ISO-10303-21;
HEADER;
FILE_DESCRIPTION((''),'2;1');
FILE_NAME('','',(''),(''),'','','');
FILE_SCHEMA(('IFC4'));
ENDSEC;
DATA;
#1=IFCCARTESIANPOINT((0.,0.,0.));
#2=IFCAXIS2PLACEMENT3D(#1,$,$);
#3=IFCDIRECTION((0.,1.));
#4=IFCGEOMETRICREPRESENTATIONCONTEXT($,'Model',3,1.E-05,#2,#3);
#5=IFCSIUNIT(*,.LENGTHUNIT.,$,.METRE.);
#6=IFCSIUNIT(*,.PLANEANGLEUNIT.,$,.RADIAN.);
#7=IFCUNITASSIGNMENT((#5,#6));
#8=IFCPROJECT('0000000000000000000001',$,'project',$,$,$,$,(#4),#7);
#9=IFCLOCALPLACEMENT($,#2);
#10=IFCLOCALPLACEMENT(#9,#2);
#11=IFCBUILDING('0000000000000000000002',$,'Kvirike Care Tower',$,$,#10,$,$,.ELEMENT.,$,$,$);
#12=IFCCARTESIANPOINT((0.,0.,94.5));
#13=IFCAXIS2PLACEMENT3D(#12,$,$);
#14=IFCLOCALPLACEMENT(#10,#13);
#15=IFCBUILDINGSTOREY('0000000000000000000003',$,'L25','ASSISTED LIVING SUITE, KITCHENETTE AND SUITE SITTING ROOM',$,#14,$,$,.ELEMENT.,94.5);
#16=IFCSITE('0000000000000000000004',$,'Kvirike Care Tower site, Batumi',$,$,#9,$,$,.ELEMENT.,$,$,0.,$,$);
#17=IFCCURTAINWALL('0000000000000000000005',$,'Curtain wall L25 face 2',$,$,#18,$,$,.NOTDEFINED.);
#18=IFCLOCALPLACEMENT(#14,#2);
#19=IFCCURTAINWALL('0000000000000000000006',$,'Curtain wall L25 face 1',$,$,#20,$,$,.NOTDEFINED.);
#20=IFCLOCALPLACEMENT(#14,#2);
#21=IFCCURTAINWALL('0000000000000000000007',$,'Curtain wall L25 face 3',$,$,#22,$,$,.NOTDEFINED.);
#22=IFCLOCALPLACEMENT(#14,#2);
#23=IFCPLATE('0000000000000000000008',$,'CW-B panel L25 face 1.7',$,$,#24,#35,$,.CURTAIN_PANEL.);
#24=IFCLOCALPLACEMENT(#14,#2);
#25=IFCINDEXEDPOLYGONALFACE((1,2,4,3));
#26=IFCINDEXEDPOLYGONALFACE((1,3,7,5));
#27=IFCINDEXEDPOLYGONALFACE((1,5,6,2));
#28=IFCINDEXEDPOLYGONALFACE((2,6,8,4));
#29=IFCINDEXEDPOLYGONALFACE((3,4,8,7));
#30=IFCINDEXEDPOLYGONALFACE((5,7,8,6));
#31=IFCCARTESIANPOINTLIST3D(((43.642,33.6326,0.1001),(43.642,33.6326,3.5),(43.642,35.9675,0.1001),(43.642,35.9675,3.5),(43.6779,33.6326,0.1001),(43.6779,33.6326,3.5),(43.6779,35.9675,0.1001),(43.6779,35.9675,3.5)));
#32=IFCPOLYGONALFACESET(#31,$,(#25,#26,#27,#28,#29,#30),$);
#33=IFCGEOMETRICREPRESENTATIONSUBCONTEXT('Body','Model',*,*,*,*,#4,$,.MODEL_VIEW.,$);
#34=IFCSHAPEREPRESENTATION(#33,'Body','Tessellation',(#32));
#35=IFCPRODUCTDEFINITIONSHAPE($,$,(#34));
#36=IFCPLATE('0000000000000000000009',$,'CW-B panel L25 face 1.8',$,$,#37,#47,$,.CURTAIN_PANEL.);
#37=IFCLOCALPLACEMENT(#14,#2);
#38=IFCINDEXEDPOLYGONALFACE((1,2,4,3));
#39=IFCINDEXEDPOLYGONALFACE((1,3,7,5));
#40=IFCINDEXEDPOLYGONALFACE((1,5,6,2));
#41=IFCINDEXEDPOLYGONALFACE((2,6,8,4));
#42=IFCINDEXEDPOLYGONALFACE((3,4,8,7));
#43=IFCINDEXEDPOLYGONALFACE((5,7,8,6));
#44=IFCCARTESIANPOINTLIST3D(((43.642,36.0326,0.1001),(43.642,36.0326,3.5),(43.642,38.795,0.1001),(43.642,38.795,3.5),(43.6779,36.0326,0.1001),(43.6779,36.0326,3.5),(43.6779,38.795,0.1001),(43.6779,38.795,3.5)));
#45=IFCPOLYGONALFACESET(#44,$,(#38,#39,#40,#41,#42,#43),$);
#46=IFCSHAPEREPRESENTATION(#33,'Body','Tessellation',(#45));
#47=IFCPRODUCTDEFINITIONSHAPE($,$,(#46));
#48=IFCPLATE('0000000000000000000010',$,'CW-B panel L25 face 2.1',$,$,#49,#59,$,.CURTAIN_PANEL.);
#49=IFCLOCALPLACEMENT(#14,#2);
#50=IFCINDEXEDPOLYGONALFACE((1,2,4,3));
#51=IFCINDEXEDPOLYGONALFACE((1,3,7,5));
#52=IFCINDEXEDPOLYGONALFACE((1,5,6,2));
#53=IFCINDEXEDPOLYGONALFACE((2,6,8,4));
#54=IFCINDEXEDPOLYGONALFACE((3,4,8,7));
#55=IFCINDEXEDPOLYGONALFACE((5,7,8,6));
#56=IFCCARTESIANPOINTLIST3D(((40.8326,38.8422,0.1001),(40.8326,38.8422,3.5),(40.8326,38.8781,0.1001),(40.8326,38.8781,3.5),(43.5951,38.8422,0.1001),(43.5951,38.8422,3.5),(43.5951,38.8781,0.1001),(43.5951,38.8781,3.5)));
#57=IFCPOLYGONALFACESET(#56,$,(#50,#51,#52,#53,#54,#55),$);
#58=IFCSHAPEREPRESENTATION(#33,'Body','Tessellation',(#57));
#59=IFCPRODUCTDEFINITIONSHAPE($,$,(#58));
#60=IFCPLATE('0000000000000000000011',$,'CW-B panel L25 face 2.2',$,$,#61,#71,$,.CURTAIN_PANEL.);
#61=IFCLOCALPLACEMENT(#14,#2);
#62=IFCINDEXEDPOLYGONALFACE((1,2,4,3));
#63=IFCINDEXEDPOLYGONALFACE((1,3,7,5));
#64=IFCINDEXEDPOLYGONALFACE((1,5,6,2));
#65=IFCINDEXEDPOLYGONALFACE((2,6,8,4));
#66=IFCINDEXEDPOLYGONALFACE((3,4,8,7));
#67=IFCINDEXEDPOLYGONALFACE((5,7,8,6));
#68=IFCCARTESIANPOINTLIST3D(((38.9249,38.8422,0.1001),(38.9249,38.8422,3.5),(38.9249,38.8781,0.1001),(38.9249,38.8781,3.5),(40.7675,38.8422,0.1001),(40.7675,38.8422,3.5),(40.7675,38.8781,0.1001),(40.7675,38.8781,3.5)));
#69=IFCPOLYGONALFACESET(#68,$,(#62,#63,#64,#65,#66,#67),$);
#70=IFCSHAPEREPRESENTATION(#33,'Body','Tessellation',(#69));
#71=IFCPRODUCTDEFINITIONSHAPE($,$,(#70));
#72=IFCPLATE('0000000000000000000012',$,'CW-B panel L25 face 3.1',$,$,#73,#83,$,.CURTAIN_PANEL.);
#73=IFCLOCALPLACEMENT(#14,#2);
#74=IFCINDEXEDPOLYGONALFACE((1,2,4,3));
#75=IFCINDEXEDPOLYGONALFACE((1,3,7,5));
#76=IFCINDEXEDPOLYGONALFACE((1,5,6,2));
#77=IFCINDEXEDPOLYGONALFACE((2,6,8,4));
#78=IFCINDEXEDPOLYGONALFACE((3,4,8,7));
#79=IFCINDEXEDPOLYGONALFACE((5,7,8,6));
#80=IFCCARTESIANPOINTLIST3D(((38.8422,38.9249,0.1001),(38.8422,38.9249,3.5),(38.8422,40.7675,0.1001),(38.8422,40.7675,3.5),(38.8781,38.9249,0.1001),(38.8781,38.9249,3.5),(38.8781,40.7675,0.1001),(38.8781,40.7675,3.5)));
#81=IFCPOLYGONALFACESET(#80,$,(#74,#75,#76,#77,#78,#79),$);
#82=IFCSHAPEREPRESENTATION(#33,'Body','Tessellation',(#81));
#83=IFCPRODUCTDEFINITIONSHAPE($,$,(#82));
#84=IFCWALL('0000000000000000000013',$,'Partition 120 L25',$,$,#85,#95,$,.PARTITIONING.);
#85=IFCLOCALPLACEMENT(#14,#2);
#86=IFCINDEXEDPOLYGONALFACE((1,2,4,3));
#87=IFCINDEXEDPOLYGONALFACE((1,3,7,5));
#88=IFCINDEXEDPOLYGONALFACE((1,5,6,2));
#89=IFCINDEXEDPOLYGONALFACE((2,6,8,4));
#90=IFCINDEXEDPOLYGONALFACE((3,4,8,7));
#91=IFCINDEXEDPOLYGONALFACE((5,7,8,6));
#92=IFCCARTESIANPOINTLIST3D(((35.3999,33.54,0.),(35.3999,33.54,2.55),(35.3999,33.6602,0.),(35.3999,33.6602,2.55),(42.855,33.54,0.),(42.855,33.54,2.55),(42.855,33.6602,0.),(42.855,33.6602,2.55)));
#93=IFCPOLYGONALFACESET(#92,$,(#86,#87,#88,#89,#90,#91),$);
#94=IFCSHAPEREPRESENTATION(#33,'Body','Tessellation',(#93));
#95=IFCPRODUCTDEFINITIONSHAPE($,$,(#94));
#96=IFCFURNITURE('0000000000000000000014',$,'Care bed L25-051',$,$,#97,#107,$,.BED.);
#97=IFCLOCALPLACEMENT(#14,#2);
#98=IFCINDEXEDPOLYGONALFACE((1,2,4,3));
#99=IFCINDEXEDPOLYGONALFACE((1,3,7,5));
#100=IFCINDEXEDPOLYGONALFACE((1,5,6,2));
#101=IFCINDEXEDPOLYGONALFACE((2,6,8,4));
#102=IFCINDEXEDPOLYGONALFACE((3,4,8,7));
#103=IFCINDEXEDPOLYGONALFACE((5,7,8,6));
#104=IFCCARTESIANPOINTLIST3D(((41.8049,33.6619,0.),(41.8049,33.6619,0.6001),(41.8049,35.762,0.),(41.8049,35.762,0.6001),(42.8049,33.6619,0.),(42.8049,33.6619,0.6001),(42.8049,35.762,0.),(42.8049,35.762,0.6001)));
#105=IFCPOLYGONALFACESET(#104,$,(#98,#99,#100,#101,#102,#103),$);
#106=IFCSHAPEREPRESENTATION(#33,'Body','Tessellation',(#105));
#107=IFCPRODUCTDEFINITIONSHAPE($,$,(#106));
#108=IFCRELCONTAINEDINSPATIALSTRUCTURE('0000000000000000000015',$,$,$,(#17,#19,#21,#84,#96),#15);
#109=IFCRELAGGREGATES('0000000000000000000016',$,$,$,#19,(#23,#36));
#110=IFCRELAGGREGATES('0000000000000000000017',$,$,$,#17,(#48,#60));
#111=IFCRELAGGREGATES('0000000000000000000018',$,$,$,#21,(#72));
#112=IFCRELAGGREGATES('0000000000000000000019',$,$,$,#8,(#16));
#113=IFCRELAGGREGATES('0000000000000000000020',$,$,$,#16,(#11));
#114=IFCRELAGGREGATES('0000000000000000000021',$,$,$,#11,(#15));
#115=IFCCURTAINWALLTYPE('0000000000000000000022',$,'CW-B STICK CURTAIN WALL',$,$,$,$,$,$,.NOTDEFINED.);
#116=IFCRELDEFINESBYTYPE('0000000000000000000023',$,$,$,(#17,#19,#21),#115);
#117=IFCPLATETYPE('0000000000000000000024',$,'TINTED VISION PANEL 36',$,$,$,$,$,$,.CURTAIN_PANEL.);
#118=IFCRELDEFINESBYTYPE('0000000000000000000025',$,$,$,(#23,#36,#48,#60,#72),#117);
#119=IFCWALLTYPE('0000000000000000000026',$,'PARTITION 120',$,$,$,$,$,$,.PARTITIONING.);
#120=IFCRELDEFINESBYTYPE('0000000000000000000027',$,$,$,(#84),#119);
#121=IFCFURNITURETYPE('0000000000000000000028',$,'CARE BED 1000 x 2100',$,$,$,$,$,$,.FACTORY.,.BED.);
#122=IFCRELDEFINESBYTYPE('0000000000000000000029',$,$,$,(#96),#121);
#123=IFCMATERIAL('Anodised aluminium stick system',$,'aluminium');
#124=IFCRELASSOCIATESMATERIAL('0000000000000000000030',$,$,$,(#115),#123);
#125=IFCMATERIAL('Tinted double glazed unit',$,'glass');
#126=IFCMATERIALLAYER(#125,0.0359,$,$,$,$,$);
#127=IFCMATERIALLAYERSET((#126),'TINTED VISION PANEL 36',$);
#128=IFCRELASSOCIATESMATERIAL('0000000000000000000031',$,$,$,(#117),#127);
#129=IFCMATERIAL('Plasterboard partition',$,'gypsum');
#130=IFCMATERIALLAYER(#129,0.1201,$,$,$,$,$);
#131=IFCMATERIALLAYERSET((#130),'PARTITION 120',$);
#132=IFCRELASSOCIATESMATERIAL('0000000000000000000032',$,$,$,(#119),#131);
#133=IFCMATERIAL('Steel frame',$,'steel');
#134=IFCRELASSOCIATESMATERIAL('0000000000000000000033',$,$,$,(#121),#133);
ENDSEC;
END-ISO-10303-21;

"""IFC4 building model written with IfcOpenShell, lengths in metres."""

from ifc_helpers import new_model, si_unit, direction, frame, frame_2d, origin, origin_2d, place, context, subcontext, project, spatial, rectangle, extrude, material, layer, layer_set, type_object, element, aggregate, save


model = new_model("IFC4")

# Units and contexts
model_context = context("Model", 3, precision=1e-05, world=origin(), true_north=direction((0.0, 1.0)))
body_context = subcontext(model_context, "Body", "Model", "MODEL_VIEW")
ifc_project = project(units=[si_unit("LENGTHUNIT", "METRE"), si_unit("PLANEANGLEUNIT", "RADIAN")], contexts=[model_context])

# Site, building, storey
site_placement = place(None, origin())
site = spatial("IfcSite", under=ifc_project, at=site_placement, Name="Kvirike Care Tower site, Batumi", CompositionType="ELEMENT", RefElevation=0.0)
building_placement = place(site_placement, origin())
building = spatial("IfcBuilding", under=site, at=building_placement, Name="Kvirike Care Tower", CompositionType="ELEMENT")
storey_placement = place(building_placement, frame((0.0, 0.0, 94.5)))
storey = spatial("IfcBuildingStorey", under=building, at=storey_placement, Name="L25", Description="ASSISTED LIVING SUITE, KITCHENETTE AND SUITE SITTING ROOM", CompositionType="ELEMENT", Elevation=94.5)

# Curtain wall
ifc_material_1 = material(Name="Anodised aluminium stick system", Category="aluminium")
curtain_wall_type = type_object("IfcCurtainWallType", Name="CW-B STICK CURTAIN WALL", PredefinedType="NOTDEFINED", material=ifc_material_1)
curtain_wall_1_placement = place(storey_placement, origin())
curtain_wall_1 = element("IfcCurtainWall", 1, at=curtain_wall_1_placement, inside=storey, type_object=curtain_wall_type, Name="Curtain wall L25 face 2", PredefinedType="NOTDEFINED")

# Curtain wall
curtain_wall_2_placement = place(storey_placement, origin())
curtain_wall_2 = element("IfcCurtainWall", 2, at=curtain_wall_2_placement, inside=storey, type_object=curtain_wall_type, Name="Curtain wall L25 face 1", PredefinedType="NOTDEFINED")

# Curtain wall
curtain_wall_3_placement = place(storey_placement, origin())
curtain_wall_3 = element("IfcCurtainWall", 3, at=curtain_wall_3_placement, inside=storey, type_object=curtain_wall_type, Name="Curtain wall L25 face 3", PredefinedType="NOTDEFINED")

# Plates
ifc_material_2 = material(Name="Tinted double glazed unit", Category="glass")
ifc_layer_1 = layer(ifc_material_2, 0.0359)
ifc_layer_set_1 = layer_set([ifc_layer_1], Name="TINTED VISION PANEL 36")
plate_type = type_object("IfcPlateType", Name="TINTED VISION PANEL 36", PredefinedType="CURTAIN_PANEL", material=ifc_layer_set_1)
plate_1_placement = place(storey_placement, frame((43.6599, 34.8, 0.1001), z_axis=(0.0, 0.0, 1.0), x_axis=(0.0, 1.0, 0.0)))
plate_1 = element("IfcPlate", 4, at=plate_1_placement, type_object=plate_type, Name="CW-B panel L25 face 1.7", PredefinedType="CURTAIN_PANEL", context=body_context, shape_type="SweptSolid", body=[
    extrude(rectangle(XDim=2.335, YDim=0.0359, at=origin_2d()), origin(), (0.0, 0.0, 1.0), 3.3999),
])
plate_2_placement = place(storey_placement, frame((43.6599, 37.4138, 0.1001), z_axis=(0.0, 0.0, 1.0), x_axis=(0.0, 1.0, 0.0)))
plate_2 = element("IfcPlate", 5, at=plate_2_placement, type_object=plate_type, Name="CW-B panel L25 face 1.8", PredefinedType="CURTAIN_PANEL", context=body_context, shape_type="SweptSolid", body=[
    extrude(rectangle(XDim=2.7625, YDim=0.0359, at=origin_2d()), origin(), (0.0, 0.0, 1.0), 3.3999),
])
aggregate(curtain_wall_2, [plate_1, plate_2])
plate_3_placement = place(storey_placement, frame((42.2139, 38.8601, 0.1001), z_axis=(0.0, 0.0, 1.0), x_axis=(-1.0, 0.0, 0.0)))
plate_3 = element("IfcPlate", 6, at=plate_3_placement, type_object=plate_type, Name="CW-B panel L25 face 2.1", PredefinedType="CURTAIN_PANEL", context=body_context, shape_type="SweptSolid", body=[
    extrude(rectangle(XDim=2.7625, YDim=0.0359, at=origin_2d()), origin(), (0.0, 0.0, 1.0), 3.3999),
])
plate_4_placement = place(storey_placement, frame((39.8462, 38.8601, 0.1001), z_axis=(0.0, 0.0, 1.0), x_axis=(-1.0, 0.0, 0.0)))
plate_4 = element("IfcPlate", 7, at=plate_4_placement, type_object=plate_type, Name="CW-B panel L25 face 2.2", PredefinedType="CURTAIN_PANEL", context=body_context, shape_type="SweptSolid", body=[
    extrude(rectangle(XDim=1.8425, YDim=0.0359, at=origin_2d()), origin(), (0.0, 0.0, 1.0), 3.3999),
])
aggregate(curtain_wall_1, [plate_3, plate_4])
plate_5_placement = place(storey_placement, frame((38.8601, 39.8462, 0.1001), z_axis=(0.0, 0.0, 1.0), x_axis=(0.0, 1.0, 0.0)))
plate_5 = element("IfcPlate", 8, at=plate_5_placement, type_object=plate_type, Name="CW-B panel L25 face 3.1", PredefinedType="CURTAIN_PANEL", context=body_context, shape_type="SweptSolid", body=[
    extrude(rectangle(XDim=1.8425, YDim=0.0359, at=origin_2d()), origin(), (0.0, 0.0, 1.0), 3.3999),
])
aggregate(curtain_wall_3, [plate_5])

# Wall
ifc_material_3 = material(Name="Plasterboard partition", Category="gypsum")
ifc_layer_2 = layer(ifc_material_3, 0.1201)
ifc_layer_set_2 = layer_set([ifc_layer_2], Name="PARTITION 120")
wall_type = type_object("IfcWallType", Name="PARTITION 120", PredefinedType="PARTITIONING", material=ifc_layer_set_2)
wall_placement = place(storey_placement, frame((42.855, 33.6001, 0.0), z_axis=(0.0, 0.0, 1.0), x_axis=(-1.0, 0.0, 0.0)))
element("IfcWall", 9, at=wall_placement, inside=storey, type_object=wall_type, Name="Partition 120 L25", PredefinedType="PARTITIONING", context=body_context, shape_type="SweptSolid", body=[
    extrude(rectangle(XDim=7.4551, YDim=0.1201, at=frame_2d((3.7275, 0.0))), origin(), (0.0, 0.0, 1.0), 2.55),
])

# Furniture
ifc_material_4 = material(Name="Steel frame", Category="steel")
furniture_type = type_object("IfcFurnitureType", Name="CARE BED 1000 x 2100", AssemblyPlace="FACTORY", PredefinedType="BED", material=ifc_material_4)
furniture_placement = place(storey_placement, frame((42.3049, 34.7119, 0.0), z_axis=(0.0, 0.0, 1.0), x_axis=(-1.0, 0.0, 0.0)))
element("IfcFurniture", 10, at=furniture_placement, inside=storey, type_object=furniture_type, Name="Care bed L25-051", PredefinedType="BED", context=body_context, shape_type="SweptSolid", body=[
    extrude(rectangle(XDim=1.0, YDim=2.1001, at=origin_2d()), origin(), (0.0, 0.0, 1.0), 0.6001),
])

save(model, "model.ifc")
